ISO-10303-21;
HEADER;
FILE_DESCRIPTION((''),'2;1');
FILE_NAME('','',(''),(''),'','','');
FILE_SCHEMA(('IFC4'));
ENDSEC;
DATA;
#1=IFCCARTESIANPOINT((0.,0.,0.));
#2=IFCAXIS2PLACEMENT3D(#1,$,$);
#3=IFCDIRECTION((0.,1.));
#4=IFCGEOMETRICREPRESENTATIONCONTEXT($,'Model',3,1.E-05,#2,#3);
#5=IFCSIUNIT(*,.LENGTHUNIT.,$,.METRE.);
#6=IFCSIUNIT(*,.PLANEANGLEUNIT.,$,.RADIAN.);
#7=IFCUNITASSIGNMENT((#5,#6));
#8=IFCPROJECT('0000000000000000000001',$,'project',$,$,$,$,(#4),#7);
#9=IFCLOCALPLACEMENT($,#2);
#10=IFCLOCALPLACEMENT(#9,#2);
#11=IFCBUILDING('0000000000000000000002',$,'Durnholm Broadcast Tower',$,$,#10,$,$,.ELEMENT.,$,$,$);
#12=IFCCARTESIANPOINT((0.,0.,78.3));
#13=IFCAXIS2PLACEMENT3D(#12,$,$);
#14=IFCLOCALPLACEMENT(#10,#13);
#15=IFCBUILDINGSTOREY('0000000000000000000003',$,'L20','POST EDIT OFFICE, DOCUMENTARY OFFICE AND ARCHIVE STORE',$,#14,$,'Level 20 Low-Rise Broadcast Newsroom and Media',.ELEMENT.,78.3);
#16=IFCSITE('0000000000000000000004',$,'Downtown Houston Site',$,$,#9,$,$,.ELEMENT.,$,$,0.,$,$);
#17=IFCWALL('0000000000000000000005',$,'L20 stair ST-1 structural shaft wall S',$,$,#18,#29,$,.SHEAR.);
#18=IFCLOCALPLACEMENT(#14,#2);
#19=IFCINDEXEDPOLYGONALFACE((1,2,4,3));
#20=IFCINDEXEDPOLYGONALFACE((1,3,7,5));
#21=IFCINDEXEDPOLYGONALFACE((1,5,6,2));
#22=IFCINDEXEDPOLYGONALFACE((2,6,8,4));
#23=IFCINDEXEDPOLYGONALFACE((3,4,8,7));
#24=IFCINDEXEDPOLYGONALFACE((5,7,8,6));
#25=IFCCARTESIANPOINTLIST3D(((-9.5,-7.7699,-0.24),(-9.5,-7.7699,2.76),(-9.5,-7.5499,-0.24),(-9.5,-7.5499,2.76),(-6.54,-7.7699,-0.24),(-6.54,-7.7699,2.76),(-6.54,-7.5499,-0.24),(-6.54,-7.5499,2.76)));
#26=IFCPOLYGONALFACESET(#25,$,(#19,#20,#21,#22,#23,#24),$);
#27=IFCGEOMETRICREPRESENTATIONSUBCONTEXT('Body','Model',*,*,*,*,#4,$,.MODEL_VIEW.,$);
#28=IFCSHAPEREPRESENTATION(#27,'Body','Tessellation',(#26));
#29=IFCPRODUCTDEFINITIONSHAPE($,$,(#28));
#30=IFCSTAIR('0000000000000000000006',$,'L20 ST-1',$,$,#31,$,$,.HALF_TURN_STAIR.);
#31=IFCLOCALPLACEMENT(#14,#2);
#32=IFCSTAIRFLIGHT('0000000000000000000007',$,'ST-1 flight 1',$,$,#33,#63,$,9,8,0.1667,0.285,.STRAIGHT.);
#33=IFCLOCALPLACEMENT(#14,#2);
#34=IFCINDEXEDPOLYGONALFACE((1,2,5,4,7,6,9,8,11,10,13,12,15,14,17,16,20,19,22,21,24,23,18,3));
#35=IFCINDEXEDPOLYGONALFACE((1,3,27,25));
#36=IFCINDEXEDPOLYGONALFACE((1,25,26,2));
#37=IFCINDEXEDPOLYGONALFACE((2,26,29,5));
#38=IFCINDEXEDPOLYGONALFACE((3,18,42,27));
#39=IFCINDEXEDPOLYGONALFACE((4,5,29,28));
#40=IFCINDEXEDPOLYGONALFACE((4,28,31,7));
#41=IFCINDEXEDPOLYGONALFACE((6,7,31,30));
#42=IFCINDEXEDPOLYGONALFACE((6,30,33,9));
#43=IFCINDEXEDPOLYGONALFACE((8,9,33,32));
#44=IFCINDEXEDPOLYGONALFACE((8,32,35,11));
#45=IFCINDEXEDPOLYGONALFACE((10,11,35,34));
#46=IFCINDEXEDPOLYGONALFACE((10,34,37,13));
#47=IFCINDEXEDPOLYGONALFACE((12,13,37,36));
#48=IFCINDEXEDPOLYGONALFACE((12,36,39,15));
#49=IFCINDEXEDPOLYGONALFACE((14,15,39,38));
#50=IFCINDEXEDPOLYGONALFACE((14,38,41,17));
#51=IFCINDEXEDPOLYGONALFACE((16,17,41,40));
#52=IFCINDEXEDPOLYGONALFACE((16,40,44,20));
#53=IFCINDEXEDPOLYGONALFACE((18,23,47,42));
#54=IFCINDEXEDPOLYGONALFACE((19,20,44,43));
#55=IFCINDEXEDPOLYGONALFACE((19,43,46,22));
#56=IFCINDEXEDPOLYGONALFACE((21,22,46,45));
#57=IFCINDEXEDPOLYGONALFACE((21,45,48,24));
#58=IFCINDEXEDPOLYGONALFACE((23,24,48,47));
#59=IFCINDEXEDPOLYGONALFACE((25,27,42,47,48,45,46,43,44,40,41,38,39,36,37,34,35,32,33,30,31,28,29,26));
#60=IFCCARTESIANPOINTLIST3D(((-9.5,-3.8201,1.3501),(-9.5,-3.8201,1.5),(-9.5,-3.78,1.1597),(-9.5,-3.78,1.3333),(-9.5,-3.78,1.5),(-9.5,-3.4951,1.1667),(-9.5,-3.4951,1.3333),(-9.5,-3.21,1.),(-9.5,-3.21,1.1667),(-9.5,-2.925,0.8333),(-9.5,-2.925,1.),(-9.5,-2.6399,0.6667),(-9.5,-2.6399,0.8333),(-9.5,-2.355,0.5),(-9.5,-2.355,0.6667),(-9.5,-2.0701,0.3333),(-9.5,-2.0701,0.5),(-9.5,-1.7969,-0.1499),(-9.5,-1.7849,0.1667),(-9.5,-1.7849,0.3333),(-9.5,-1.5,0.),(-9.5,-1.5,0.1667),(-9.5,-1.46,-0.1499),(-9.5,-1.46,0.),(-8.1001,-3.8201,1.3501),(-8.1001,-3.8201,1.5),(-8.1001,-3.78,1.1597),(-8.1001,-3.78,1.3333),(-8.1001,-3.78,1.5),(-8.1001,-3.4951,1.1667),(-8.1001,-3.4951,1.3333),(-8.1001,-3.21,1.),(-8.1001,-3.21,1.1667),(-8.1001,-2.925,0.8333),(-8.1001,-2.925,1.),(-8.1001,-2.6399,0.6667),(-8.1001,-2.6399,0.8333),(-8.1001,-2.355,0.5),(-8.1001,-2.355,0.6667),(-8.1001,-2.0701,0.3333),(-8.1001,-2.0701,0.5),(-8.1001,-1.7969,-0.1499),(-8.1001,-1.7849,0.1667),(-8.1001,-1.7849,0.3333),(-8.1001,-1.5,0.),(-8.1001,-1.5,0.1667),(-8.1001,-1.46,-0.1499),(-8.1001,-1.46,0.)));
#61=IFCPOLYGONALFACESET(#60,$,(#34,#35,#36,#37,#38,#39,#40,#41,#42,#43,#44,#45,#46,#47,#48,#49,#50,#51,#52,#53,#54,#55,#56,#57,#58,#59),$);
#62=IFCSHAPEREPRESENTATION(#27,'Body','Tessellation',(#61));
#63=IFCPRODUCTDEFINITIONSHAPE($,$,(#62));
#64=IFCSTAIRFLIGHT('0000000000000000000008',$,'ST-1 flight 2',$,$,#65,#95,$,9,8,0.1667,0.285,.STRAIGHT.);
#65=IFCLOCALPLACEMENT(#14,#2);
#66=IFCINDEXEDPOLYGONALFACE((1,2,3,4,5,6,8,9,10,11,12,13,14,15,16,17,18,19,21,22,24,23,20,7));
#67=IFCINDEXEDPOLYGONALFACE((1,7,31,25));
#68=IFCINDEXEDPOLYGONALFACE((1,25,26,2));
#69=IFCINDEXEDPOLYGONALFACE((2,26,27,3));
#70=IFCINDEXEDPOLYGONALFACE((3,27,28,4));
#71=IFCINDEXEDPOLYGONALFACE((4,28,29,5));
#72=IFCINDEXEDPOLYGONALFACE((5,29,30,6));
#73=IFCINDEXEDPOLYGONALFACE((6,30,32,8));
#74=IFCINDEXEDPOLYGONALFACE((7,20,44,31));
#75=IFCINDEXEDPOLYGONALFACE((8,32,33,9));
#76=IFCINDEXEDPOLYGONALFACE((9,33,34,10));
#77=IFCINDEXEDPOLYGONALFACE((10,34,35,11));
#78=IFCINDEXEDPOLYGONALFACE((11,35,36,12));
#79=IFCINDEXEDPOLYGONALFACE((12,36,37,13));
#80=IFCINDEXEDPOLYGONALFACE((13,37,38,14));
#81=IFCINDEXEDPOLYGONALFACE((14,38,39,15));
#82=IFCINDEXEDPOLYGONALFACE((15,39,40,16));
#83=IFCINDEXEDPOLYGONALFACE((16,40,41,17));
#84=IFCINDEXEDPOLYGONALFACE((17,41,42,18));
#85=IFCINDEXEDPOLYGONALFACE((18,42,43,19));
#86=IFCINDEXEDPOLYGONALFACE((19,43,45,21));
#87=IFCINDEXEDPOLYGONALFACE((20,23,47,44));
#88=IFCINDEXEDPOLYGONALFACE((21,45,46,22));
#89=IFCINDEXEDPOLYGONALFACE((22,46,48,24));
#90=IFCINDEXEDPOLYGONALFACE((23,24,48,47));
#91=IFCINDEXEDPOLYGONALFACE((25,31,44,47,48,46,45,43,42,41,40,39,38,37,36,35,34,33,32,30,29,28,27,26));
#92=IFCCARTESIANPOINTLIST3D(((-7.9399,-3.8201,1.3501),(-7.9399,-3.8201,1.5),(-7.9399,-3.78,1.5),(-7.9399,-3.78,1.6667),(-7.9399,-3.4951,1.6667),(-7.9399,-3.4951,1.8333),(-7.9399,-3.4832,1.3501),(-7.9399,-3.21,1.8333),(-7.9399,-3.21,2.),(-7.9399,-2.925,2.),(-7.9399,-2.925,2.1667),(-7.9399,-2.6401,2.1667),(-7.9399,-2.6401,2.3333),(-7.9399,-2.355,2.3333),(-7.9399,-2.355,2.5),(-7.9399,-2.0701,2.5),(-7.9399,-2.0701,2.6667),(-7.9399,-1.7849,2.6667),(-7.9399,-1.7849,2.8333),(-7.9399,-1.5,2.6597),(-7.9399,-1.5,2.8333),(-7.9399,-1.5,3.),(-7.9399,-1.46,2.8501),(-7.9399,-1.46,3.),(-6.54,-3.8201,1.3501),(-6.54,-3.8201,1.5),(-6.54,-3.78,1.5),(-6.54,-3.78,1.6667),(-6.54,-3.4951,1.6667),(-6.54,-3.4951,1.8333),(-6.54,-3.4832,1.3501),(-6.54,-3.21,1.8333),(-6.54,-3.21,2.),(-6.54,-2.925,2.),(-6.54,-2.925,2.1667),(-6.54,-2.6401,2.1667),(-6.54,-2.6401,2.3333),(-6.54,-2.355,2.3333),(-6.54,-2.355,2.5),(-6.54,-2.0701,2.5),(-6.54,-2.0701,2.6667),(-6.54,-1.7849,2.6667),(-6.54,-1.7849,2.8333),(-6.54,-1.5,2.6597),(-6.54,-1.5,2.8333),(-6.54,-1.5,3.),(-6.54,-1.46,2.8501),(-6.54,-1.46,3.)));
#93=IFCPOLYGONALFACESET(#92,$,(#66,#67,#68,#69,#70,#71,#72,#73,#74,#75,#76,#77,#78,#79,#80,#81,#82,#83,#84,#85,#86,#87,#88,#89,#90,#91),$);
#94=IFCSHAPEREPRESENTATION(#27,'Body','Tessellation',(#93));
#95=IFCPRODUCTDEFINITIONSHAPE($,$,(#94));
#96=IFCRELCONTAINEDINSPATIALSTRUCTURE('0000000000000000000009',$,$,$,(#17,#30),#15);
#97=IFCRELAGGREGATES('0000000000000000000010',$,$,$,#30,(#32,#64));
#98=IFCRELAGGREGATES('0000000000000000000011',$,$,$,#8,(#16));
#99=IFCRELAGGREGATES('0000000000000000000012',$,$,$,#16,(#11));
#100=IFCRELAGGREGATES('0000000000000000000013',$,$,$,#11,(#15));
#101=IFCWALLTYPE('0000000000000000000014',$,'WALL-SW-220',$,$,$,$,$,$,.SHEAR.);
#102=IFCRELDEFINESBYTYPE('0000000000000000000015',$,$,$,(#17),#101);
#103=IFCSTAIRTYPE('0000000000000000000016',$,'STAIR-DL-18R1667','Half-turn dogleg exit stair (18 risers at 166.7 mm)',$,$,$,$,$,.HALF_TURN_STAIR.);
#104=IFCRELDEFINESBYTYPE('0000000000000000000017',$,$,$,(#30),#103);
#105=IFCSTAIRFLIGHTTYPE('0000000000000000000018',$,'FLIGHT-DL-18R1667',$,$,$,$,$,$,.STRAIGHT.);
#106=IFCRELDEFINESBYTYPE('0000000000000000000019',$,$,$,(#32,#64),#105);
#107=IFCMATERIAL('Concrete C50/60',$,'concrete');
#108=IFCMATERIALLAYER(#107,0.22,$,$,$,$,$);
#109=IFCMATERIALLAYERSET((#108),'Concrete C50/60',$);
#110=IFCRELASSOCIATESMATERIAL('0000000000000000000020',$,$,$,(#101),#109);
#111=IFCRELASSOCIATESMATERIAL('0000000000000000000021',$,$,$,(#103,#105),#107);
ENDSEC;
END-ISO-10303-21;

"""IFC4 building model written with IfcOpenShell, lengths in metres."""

from ifc_helpers import new_model, si_unit, direction, frame, frame_2d, origin, place, context, subcontext, project, spatial, polyline, rectangle, outline, extrude, material, layer, layer_set, type_object, element, aggregate, save


model = new_model("IFC4")

# Units and contexts
model_context = context("Model", 3, precision=1e-05, world=origin(), true_north=direction((0.0, 1.0)))
body_context = subcontext(model_context, "Body", "Model", "MODEL_VIEW")
ifc_project = project(units=[si_unit("LENGTHUNIT", "METRE"), si_unit("PLANEANGLEUNIT", "RADIAN")], contexts=[model_context])

# Site, building, storey
site_placement = place(None, origin())
site = spatial("IfcSite", under=ifc_project, at=site_placement, Name="Downtown Houston Site", CompositionType="ELEMENT", RefElevation=0.0)
building_placement = place(site_placement, origin())
building = spatial("IfcBuilding", under=site, at=building_placement, Name="Durnholm Broadcast Tower", CompositionType="ELEMENT")
storey_placement = place(building_placement, frame((0.0, 0.0, 78.3)))
storey = spatial("IfcBuildingStorey", under=building, at=storey_placement, Name="L20", Description="POST EDIT OFFICE, DOCUMENTARY OFFICE AND ARCHIVE STORE", LongName="Level 20 Low-Rise Broadcast Newsroom and Media", CompositionType="ELEMENT", Elevation=78.3)

# Shared definitions
ifc_material_1 = material(Name="Concrete C50/60", Category="concrete")

# Shared definitions
ifc_layer_1 = layer(ifc_material_1, 0.22)
ifc_layer_set_1 = layer_set([ifc_layer_1], Name="Concrete C50/60")
wall_type_1 = type_object("IfcWallType", Name="WALL-SW-220", PredefinedType="SHEAR", material=ifc_layer_set_1)

# Wall
wall_1_placement = place(storey_placement, frame((-9.5, -7.6599, -0.24), z_axis=(0.0, 0.0, 1.0), x_axis=(1.0, 0.0, 0.0)))
element("IfcWall", 1, at=wall_1_placement, inside=storey, type_object=wall_type_1, Name="L20 stair ST-1 structural shaft wall S", PredefinedType="SHEAR", context=body_context, shape_type="SweptSolid", body=[
    extrude(rectangle(XDim=2.96, YDim=0.22, at=frame_2d((1.48, 0.0))), origin(), (0.0, 0.0, 1.0), 3.0),
])

# Stair, stair flights
stair_type = type_object("IfcStairType", Name="STAIR-DL-18R1667", Description="Half-turn dogleg exit stair (18 risers at 166.7 mm)", PredefinedType="HALF_TURN_STAIR", material=ifc_material_1)
stair_placement = place(storey_placement, origin())
stair = element("IfcStair", 2, at=stair_placement, inside=storey, type_object=stair_type, Name="L20 ST-1", PredefinedType="HALF_TURN_STAIR")
stair_flight_type = type_object("IfcStairFlightType", Name="FLIGHT-DL-18R1667", PredefinedType="STRAIGHT", material=ifc_material_1)
stair_flight_1_placement = place(storey_placement, frame((-8.8, -1.5, 0.0), z_axis=(0.0, 0.0, 1.0), x_axis=(0.0, -1.0, 0.0)))
stair_flight_1 = element("IfcStairFlight", 3, at=stair_flight_1_placement, type_object=stair_flight_type, Name="ST-1 flight 1", NumberOfRisers=9, NumberOfTreads=8, PredefinedType="STRAIGHT", RiserHeight=0.1667, TreadLength=0.285, context=body_context, shape_type="SweptSolid", body=[
    extrude(outline(polyline([(-0.04, -0.1499), (-0.04, 0.0), (0.0, 0.0), (0.0, 0.1667), (0.2849, 0.1667), (0.2849, 0.3333), (0.5701, 0.3333), (0.5701, 0.5), (0.855, 0.5), (0.855, 0.6667), (1.1399, 0.6667), (1.1399, 0.8333), (1.425, 0.8333), (1.425, 1.0), (1.71, 1.0), (1.71, 1.1667), (1.9951, 1.1667), (1.9951, 1.3333), (2.28, 1.3333), (2.28, 1.5), (2.3201, 1.5), (2.3201, 1.3501), (2.28, 1.1597), (0.2969, -0.1499), (-0.04, -0.1499)])), frame((0.0, 0.7, 0.0), z_axis=(0.0, -1.0, 0.0), x_axis=(1.0, 0.0, 0.0)), (0.0, 0.0, 1.0), 1.3999),
])
stair_flight_2_placement = place(storey_placement, frame((-7.24, -3.78, 1.5), z_axis=(0.0, 0.0, 1.0), x_axis=(0.0, 1.0, 0.0)))
stair_flight_2 = element("IfcStairFlight", 4, at=stair_flight_2_placement, type_object=stair_flight_type, Name="ST-1 flight 2", NumberOfRisers=9, NumberOfTreads=8, PredefinedType="STRAIGHT", RiserHeight=0.1667, TreadLength=0.285, context=body_context, shape_type="SweptSolid", body=[
    extrude(outline(polyline([(-0.04, -0.1499), (-0.04, 0.0), (0.0, 0.0), (0.0, 0.1667), (0.2849, 0.1667), (0.2849, 0.3333), (0.5701, 0.3333), (0.5701, 0.5), (0.855, 0.5), (0.855, 0.6667), (1.1399, 0.6667), (1.1399, 0.8333), (1.425, 0.8333), (1.425, 1.0), (1.71, 1.0), (1.71, 1.1667), (1.9951, 1.1667), (1.9951, 1.3333), (2.28, 1.3333), (2.28, 1.5), (2.3201, 1.5), (2.3201, 1.3501), (2.28, 1.1597), (0.2969, -0.1499), (-0.04, -0.1499)])), frame((0.0, 0.7, 0.0), z_axis=(0.0, -1.0, 0.0), x_axis=(1.0, 0.0, 0.0)), (0.0, 0.0, 1.0), 1.3999),
])
aggregate(stair, [stair_flight_1, stair_flight_2])

save(model, "model.ifc")
